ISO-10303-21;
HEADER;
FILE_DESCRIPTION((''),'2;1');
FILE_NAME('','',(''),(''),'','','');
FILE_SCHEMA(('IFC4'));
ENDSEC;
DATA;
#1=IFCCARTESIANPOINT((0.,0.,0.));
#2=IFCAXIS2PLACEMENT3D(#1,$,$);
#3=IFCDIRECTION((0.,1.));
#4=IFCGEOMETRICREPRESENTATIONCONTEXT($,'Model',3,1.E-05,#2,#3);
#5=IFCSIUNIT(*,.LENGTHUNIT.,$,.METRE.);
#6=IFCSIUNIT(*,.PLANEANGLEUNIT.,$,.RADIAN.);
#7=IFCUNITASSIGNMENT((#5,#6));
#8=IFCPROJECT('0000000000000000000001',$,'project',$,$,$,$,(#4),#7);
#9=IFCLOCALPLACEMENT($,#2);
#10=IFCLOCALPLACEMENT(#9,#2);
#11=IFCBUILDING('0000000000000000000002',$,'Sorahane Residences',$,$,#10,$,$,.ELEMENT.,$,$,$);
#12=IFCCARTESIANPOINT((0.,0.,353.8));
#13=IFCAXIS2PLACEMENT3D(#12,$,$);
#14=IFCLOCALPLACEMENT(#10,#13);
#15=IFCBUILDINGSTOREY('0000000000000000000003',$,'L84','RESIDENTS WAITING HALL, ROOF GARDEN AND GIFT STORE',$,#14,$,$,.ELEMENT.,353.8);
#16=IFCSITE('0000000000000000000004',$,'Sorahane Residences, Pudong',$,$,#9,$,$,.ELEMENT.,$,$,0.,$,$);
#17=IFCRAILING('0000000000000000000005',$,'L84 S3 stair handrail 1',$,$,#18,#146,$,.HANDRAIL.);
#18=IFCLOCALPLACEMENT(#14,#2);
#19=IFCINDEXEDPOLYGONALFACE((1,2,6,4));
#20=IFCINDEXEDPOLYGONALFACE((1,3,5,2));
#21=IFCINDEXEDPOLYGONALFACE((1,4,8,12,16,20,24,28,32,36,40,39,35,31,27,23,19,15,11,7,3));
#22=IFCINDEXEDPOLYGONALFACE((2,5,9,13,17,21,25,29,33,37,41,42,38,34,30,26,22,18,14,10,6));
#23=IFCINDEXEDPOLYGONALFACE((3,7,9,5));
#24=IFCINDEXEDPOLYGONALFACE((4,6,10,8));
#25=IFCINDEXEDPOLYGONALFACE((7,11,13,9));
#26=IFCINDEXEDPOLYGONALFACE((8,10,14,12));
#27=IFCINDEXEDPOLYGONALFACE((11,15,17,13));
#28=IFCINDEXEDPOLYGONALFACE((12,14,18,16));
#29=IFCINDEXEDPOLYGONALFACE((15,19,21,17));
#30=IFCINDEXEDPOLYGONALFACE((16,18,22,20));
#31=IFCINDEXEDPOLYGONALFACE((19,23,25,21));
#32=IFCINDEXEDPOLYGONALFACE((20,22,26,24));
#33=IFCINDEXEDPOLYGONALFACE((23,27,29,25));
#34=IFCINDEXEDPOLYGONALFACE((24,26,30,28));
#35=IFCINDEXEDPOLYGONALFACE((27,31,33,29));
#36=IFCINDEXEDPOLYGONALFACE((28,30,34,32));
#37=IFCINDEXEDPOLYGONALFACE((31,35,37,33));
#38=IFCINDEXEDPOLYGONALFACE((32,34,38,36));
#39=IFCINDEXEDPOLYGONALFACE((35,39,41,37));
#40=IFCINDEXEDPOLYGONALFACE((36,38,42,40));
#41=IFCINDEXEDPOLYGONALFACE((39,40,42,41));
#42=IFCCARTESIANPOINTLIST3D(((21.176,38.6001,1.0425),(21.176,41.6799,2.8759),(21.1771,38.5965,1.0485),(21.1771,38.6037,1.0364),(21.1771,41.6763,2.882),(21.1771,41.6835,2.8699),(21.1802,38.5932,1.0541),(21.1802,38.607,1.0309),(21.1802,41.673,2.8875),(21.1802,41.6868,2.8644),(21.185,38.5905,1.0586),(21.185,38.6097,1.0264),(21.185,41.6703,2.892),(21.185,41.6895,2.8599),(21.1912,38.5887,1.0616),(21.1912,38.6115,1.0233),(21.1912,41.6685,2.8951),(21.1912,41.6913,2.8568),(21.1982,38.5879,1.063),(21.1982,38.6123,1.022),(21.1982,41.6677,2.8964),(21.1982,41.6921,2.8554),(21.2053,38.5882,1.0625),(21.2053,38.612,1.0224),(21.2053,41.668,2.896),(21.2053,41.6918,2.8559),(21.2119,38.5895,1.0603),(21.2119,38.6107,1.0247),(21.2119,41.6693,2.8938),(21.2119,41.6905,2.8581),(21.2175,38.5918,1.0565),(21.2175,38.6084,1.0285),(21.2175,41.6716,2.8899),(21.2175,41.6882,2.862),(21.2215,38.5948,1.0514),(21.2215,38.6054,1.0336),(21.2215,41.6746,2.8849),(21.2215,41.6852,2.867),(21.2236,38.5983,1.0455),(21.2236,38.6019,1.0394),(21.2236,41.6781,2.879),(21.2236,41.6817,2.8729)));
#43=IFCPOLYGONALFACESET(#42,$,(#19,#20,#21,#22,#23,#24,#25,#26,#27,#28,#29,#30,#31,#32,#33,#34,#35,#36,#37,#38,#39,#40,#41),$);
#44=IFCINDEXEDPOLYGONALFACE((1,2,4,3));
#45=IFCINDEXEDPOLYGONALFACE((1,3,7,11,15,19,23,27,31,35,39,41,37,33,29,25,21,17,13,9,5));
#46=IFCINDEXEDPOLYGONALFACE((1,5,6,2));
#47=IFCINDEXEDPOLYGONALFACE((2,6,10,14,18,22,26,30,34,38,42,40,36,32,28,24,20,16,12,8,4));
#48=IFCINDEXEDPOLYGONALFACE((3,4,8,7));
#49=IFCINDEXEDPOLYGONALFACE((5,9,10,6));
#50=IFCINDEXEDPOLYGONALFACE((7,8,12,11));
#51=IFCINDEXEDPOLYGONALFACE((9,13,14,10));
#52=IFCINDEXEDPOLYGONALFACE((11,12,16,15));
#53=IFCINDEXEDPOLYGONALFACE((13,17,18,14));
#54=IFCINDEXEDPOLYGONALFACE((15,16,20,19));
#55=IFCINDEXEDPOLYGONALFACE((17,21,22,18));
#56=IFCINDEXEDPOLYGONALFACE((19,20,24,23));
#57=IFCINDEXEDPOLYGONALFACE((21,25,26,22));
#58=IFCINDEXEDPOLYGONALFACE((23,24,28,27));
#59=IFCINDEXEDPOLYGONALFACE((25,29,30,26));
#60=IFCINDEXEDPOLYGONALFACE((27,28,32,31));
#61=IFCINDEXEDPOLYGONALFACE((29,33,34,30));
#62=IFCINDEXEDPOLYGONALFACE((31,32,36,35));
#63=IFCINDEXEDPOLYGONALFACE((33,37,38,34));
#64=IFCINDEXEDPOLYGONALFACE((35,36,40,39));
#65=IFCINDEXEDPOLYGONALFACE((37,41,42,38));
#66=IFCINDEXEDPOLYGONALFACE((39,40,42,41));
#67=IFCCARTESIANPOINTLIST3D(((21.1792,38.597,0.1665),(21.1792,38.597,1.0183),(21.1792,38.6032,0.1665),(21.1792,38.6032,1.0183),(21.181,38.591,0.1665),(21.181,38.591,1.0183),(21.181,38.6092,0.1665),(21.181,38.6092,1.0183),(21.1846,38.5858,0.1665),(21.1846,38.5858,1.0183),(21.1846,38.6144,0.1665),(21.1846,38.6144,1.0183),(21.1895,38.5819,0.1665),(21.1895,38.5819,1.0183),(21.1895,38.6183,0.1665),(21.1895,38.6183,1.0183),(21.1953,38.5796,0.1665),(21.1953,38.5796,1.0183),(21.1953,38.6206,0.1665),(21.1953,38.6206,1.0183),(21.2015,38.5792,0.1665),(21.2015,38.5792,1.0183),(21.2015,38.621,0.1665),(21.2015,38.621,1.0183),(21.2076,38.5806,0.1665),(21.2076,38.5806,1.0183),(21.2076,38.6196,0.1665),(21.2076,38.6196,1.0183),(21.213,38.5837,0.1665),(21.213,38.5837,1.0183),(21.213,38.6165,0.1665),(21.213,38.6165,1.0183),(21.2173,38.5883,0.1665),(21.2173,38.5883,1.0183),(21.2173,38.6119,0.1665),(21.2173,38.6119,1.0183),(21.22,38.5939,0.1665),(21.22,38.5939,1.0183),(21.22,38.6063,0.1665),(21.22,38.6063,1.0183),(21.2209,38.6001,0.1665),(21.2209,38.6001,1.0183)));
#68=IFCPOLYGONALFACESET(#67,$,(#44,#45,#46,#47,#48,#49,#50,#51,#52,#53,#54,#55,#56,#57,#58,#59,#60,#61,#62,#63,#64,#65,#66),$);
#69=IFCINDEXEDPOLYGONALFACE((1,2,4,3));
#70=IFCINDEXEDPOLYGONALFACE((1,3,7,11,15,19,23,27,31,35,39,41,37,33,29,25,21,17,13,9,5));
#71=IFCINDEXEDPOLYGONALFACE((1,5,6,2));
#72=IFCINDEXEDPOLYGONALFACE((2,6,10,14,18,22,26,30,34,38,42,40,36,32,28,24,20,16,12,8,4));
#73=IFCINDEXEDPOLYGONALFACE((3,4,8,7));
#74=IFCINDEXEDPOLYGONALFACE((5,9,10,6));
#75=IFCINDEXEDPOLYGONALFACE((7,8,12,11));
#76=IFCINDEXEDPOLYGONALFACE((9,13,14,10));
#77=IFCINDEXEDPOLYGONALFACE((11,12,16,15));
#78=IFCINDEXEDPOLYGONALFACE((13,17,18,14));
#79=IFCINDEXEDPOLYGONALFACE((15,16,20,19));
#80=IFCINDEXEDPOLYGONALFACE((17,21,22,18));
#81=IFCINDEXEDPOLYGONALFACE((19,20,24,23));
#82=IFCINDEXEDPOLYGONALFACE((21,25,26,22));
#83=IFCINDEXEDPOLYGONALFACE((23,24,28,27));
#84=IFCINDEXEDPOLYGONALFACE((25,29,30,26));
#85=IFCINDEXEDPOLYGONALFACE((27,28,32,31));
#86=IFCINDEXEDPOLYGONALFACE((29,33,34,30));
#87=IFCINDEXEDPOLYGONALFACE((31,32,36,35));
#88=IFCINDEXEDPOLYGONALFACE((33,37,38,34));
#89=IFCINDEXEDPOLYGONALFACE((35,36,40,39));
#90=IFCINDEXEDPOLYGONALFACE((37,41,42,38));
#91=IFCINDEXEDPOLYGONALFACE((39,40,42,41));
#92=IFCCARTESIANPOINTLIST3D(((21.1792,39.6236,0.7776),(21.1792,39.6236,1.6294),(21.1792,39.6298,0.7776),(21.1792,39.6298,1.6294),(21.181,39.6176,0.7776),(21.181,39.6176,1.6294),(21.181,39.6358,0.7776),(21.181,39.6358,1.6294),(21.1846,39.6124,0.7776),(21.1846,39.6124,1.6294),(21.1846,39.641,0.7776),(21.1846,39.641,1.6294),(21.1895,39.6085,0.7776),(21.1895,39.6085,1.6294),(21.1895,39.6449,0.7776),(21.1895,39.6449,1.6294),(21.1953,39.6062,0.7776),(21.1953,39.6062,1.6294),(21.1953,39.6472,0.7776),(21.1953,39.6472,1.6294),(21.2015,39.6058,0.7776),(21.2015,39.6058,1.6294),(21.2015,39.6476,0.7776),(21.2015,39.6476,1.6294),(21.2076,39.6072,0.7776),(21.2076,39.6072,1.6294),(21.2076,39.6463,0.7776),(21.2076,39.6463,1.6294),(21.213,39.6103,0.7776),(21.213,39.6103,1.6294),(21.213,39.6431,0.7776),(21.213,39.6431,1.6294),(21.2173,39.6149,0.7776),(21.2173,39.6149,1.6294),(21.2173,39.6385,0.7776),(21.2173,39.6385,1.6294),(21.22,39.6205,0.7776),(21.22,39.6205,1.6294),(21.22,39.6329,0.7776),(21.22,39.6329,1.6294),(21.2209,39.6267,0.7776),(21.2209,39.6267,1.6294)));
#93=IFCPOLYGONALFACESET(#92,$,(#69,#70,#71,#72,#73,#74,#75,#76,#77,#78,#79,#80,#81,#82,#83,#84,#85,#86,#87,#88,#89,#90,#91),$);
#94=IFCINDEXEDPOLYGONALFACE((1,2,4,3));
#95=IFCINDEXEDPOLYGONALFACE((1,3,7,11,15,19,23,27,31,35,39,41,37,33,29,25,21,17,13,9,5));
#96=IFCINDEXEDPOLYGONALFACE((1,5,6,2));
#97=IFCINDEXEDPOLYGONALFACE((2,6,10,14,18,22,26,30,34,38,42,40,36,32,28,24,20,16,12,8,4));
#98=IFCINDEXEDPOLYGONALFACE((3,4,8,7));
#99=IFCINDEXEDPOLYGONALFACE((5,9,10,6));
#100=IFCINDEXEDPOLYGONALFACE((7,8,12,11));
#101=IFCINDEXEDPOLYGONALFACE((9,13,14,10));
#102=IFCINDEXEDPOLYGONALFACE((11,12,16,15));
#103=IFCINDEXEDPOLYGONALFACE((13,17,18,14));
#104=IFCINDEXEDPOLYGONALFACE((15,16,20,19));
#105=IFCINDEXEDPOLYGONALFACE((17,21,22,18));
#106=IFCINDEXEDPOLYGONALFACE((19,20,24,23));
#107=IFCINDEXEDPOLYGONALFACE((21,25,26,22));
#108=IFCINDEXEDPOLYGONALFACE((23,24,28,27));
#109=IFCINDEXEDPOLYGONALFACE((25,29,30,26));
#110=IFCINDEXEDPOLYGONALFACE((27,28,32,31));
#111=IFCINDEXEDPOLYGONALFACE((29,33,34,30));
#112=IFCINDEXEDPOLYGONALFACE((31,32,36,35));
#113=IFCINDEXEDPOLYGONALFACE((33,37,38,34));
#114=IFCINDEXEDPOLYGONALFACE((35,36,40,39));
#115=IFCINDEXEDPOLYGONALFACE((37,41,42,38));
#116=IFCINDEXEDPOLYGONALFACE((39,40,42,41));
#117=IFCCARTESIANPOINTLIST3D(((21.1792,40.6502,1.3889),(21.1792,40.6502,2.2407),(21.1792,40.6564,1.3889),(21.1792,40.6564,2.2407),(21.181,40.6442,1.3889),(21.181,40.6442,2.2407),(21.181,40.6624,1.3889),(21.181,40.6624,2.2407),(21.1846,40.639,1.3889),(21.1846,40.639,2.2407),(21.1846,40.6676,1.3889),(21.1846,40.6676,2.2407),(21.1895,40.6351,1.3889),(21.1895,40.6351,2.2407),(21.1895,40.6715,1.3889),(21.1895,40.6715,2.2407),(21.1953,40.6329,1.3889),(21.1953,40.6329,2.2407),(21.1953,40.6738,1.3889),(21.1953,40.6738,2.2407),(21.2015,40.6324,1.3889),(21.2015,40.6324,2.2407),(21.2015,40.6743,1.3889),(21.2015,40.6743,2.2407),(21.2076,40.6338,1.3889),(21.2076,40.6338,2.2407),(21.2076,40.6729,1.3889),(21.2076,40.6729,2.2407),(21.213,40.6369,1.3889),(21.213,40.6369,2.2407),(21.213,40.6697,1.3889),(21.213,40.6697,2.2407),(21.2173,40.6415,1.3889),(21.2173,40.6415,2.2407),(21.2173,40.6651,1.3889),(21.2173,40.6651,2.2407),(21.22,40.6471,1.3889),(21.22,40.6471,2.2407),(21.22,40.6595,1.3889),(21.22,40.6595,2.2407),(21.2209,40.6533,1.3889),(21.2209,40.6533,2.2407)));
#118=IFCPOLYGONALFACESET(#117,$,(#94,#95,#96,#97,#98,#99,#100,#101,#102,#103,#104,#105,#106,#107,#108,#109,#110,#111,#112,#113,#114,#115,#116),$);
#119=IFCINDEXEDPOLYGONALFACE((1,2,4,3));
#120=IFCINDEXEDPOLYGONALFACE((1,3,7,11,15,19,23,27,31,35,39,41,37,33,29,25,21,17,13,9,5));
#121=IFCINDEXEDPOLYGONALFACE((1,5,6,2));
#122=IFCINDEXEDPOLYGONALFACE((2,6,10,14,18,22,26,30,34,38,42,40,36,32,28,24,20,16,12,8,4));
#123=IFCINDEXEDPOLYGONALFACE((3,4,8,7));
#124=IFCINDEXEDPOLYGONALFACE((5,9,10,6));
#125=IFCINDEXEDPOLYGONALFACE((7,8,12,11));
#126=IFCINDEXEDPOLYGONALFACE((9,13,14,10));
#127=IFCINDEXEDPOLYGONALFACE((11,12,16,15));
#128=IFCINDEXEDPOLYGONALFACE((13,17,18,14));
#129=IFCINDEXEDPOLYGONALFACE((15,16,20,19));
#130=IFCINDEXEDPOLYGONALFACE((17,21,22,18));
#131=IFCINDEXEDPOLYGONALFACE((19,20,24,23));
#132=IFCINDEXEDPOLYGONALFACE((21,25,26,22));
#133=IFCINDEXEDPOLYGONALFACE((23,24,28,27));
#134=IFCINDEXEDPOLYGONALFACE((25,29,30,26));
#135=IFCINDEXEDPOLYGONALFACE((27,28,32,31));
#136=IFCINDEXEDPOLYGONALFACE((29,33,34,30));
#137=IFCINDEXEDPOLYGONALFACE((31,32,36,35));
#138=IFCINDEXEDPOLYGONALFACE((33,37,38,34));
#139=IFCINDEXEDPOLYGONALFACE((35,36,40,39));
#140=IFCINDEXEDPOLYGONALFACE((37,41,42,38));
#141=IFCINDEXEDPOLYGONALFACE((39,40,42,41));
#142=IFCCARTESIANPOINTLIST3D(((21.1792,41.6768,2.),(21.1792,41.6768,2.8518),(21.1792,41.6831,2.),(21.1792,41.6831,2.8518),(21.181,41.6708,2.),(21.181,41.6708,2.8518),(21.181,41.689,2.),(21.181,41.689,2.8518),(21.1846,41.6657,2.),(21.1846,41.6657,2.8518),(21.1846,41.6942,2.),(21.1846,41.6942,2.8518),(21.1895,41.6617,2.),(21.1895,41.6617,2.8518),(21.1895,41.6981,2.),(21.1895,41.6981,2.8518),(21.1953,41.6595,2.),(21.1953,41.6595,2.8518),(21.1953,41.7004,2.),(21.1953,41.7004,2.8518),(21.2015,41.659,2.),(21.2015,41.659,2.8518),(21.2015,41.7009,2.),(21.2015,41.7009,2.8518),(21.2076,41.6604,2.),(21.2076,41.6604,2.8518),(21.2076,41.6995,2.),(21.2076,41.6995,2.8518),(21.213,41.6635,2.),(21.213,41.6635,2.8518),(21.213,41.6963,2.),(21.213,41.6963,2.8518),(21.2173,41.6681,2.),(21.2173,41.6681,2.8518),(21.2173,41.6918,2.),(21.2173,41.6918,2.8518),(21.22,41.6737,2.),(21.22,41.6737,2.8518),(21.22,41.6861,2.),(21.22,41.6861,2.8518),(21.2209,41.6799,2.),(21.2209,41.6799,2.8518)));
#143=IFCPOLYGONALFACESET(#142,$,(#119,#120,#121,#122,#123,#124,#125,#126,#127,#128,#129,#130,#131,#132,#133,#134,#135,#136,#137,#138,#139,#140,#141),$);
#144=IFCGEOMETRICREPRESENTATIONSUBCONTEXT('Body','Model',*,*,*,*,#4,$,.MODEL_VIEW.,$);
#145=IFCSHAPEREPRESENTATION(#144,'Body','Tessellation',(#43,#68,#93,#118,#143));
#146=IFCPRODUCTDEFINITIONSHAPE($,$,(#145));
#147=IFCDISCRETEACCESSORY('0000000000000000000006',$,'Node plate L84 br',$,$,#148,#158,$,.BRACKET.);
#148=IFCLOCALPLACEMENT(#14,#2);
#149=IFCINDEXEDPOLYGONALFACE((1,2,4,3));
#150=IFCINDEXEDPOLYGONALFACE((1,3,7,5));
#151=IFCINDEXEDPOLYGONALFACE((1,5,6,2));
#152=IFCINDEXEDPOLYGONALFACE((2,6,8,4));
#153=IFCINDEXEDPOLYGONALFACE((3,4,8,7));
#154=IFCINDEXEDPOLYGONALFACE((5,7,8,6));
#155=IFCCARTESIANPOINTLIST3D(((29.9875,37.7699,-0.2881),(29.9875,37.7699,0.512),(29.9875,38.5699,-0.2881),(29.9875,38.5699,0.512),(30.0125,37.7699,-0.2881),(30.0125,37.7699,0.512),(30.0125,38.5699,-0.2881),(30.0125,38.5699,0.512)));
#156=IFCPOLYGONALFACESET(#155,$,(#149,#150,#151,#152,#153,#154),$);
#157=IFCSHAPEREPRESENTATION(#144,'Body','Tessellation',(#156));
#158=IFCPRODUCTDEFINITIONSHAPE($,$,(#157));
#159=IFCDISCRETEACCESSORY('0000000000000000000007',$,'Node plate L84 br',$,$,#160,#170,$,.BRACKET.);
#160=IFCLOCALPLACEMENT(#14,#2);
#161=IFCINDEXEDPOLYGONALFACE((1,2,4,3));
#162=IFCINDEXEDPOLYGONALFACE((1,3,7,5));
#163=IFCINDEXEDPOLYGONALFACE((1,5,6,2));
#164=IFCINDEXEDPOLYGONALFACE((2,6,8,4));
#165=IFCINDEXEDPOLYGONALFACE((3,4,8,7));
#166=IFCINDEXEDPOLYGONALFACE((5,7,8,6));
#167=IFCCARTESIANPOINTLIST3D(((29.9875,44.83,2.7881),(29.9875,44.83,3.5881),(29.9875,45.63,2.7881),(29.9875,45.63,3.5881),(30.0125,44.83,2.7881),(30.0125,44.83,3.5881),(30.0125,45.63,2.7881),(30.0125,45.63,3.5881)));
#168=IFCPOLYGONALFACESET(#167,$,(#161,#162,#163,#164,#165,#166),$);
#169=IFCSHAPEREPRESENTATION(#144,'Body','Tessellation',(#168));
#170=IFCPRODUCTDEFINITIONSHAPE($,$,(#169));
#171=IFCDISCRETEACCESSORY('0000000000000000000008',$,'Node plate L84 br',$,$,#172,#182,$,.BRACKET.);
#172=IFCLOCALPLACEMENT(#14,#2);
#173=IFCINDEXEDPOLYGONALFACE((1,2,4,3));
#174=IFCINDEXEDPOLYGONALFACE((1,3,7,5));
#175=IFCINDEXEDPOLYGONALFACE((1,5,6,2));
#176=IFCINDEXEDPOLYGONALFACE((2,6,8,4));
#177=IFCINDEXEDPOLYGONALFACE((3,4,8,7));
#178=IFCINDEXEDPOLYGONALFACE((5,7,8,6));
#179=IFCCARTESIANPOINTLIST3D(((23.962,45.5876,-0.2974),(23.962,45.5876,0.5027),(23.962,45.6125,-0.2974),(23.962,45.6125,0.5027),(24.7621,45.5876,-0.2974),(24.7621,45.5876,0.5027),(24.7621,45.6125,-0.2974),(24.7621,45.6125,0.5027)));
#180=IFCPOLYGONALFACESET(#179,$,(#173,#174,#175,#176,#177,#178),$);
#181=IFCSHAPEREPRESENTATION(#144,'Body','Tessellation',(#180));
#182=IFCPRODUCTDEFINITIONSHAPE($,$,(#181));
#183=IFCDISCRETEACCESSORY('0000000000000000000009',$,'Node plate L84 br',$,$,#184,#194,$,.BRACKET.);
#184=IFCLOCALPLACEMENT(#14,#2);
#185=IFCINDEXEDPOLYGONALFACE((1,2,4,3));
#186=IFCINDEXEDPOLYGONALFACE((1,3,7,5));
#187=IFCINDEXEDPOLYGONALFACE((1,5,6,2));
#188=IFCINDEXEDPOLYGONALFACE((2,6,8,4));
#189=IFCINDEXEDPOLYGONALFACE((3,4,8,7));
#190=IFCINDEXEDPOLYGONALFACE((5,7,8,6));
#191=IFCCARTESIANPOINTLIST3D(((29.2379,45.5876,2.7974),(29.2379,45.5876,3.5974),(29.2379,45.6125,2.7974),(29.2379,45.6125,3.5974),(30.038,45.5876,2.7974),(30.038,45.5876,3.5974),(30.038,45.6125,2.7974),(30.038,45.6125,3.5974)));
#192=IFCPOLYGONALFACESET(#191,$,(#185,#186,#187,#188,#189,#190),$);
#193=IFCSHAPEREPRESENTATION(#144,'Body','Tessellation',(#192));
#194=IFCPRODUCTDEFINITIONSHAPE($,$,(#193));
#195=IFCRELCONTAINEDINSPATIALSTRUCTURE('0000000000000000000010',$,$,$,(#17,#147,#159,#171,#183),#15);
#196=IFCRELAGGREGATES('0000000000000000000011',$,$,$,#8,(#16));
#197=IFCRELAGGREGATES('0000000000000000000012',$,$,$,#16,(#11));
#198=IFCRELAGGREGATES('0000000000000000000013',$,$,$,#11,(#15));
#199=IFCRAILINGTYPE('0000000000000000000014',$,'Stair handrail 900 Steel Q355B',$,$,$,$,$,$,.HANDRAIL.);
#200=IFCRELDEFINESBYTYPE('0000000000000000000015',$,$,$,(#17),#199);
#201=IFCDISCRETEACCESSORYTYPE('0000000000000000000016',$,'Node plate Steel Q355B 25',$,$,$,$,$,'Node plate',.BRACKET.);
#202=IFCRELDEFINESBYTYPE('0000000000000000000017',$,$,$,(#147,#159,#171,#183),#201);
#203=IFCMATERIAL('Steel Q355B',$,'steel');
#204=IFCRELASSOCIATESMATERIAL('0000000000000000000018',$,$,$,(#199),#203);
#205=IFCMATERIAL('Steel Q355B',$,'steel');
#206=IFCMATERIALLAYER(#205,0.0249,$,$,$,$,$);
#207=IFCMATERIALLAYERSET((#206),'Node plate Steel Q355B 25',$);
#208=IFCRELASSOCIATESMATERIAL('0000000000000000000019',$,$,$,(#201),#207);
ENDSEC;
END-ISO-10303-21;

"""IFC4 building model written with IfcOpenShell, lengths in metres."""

from ifc_helpers import new_model, si_unit, direction, frame, origin, origin_2d, place, context, subcontext, project, spatial, rectangle, circle, extrude, material, layer, layer_set, type_object, element, save


model = new_model("IFC4")

# Units and contexts
model_context = context("Model", 3, precision=1e-05, world=origin(), true_north=direction((0.0, 1.0)))
body_context = subcontext(model_context, "Body", "Model", "MODEL_VIEW")
ifc_project = project(units=[si_unit("LENGTHUNIT", "METRE"), si_unit("PLANEANGLEUNIT", "RADIAN")], contexts=[model_context])

# Site, building, storey
site_placement = place(None, origin())
site = spatial("IfcSite", under=ifc_project, at=site_placement, Name="Sorahane Residences, Pudong", CompositionType="ELEMENT", RefElevation=0.0)
building_placement = place(site_placement, origin())
building = spatial("IfcBuilding", under=site, at=building_placement, Name="Sorahane Residences", CompositionType="ELEMENT")
storey_placement = place(building_placement, frame((0.0, 0.0, 353.8)))
storey = spatial("IfcBuildingStorey", under=building, at=storey_placement, Name="L84", Description="RESIDENTS WAITING HALL, ROOF GARDEN AND GIFT STORE", CompositionType="ELEMENT", Elevation=353.8)

# Railing
ifc_material_1 = material(Name="Steel Q355B", Category="steel")
railing_type = type_object("IfcRailingType", Name="Stair handrail 900 Steel Q355B", PredefinedType="HANDRAIL", material=ifc_material_1)
railing_placement = place(storey_placement, frame((21.2, 38.6001, 0.1665)))
element("IfcRailing", 1, at=railing_placement, inside=storey, type_object=railing_type, Name="L84 S3 stair handrail 1", PredefinedType="HANDRAIL", context=body_context, shape_type="SweptSolid", body=[
    extrude(circle(Radius=0.0239, at=origin_2d()), frame((0.0, 0.0, 0.876), z_axis=(0.0, 0.859261, 0.511538), x_axis=(-1.0, 0.0, 0.0)), (0.0, 0.0, 1.0), 3.5842),
    extrude(circle(Radius=0.021, at=origin_2d()), origin(), (0.0, 0.0, 1.0), 0.8518),
    extrude(circle(Radius=0.021, at=origin_2d()), frame((0.0, 1.0266, 0.6111)), (0.0, 0.0, 1.0), 0.8518),
    extrude(circle(Radius=0.021, at=origin_2d()), frame((0.0, 2.0532, 1.2224)), (0.0, 0.0, 1.0), 0.8518),
    extrude(circle(Radius=0.021, at=origin_2d()), frame((0.0, 3.0798, 1.8335)), (0.0, 0.0, 1.0), 0.8518),
])

# Discrete accessories
ifc_material_2 = material(Name="Steel Q355B", Category="steel")
ifc_layer_1 = layer(ifc_material_2, 0.0249)
ifc_layer_set_1 = layer_set([ifc_layer_1], Name="Node plate Steel Q355B 25")
discrete_accessory_type = type_object("IfcDiscreteAccessoryType", Name="Node plate Steel Q355B 25", ElementType="Node plate", PredefinedType="BRACKET", material=ifc_layer_set_1)
for number, where, z_axis, x_axis, name in (
    (2, (30.0, 38.1699, -0.2881), (0.0, 0.0, 1.0), (0.0, 1.0, 0.0), "Node plate L84 br"),
    (3, (30.0, 45.23, 2.7881), (0.0, 0.0, 1.0), (0.0, 1.0, 0.0), "Node plate L84 br"),
    (4, (24.3621, 45.6001, -0.2974), (0.0, 0.0, 1.0), (1.0, 0.0, 0.0), "Node plate L84 br"),
    (5, (29.6379, 45.6001, 2.7974), (0.0, 0.0, 1.0), (1.0, 0.0, 0.0), "Node plate L84 br"),
):
    element("IfcDiscreteAccessory", number, at=place(storey_placement, frame(where, z_axis=z_axis, x_axis=x_axis)), inside=storey, type_object=discrete_accessory_type, Name=name, PredefinedType="BRACKET", context=body_context, shape_type="SweptSolid", body=[
        extrude(rectangle(XDim=0.8, YDim=0.0249, at=origin_2d()), origin(), (0.0, 0.0, 1.0), 0.8),
    ])

save(model, "model.ifc")
